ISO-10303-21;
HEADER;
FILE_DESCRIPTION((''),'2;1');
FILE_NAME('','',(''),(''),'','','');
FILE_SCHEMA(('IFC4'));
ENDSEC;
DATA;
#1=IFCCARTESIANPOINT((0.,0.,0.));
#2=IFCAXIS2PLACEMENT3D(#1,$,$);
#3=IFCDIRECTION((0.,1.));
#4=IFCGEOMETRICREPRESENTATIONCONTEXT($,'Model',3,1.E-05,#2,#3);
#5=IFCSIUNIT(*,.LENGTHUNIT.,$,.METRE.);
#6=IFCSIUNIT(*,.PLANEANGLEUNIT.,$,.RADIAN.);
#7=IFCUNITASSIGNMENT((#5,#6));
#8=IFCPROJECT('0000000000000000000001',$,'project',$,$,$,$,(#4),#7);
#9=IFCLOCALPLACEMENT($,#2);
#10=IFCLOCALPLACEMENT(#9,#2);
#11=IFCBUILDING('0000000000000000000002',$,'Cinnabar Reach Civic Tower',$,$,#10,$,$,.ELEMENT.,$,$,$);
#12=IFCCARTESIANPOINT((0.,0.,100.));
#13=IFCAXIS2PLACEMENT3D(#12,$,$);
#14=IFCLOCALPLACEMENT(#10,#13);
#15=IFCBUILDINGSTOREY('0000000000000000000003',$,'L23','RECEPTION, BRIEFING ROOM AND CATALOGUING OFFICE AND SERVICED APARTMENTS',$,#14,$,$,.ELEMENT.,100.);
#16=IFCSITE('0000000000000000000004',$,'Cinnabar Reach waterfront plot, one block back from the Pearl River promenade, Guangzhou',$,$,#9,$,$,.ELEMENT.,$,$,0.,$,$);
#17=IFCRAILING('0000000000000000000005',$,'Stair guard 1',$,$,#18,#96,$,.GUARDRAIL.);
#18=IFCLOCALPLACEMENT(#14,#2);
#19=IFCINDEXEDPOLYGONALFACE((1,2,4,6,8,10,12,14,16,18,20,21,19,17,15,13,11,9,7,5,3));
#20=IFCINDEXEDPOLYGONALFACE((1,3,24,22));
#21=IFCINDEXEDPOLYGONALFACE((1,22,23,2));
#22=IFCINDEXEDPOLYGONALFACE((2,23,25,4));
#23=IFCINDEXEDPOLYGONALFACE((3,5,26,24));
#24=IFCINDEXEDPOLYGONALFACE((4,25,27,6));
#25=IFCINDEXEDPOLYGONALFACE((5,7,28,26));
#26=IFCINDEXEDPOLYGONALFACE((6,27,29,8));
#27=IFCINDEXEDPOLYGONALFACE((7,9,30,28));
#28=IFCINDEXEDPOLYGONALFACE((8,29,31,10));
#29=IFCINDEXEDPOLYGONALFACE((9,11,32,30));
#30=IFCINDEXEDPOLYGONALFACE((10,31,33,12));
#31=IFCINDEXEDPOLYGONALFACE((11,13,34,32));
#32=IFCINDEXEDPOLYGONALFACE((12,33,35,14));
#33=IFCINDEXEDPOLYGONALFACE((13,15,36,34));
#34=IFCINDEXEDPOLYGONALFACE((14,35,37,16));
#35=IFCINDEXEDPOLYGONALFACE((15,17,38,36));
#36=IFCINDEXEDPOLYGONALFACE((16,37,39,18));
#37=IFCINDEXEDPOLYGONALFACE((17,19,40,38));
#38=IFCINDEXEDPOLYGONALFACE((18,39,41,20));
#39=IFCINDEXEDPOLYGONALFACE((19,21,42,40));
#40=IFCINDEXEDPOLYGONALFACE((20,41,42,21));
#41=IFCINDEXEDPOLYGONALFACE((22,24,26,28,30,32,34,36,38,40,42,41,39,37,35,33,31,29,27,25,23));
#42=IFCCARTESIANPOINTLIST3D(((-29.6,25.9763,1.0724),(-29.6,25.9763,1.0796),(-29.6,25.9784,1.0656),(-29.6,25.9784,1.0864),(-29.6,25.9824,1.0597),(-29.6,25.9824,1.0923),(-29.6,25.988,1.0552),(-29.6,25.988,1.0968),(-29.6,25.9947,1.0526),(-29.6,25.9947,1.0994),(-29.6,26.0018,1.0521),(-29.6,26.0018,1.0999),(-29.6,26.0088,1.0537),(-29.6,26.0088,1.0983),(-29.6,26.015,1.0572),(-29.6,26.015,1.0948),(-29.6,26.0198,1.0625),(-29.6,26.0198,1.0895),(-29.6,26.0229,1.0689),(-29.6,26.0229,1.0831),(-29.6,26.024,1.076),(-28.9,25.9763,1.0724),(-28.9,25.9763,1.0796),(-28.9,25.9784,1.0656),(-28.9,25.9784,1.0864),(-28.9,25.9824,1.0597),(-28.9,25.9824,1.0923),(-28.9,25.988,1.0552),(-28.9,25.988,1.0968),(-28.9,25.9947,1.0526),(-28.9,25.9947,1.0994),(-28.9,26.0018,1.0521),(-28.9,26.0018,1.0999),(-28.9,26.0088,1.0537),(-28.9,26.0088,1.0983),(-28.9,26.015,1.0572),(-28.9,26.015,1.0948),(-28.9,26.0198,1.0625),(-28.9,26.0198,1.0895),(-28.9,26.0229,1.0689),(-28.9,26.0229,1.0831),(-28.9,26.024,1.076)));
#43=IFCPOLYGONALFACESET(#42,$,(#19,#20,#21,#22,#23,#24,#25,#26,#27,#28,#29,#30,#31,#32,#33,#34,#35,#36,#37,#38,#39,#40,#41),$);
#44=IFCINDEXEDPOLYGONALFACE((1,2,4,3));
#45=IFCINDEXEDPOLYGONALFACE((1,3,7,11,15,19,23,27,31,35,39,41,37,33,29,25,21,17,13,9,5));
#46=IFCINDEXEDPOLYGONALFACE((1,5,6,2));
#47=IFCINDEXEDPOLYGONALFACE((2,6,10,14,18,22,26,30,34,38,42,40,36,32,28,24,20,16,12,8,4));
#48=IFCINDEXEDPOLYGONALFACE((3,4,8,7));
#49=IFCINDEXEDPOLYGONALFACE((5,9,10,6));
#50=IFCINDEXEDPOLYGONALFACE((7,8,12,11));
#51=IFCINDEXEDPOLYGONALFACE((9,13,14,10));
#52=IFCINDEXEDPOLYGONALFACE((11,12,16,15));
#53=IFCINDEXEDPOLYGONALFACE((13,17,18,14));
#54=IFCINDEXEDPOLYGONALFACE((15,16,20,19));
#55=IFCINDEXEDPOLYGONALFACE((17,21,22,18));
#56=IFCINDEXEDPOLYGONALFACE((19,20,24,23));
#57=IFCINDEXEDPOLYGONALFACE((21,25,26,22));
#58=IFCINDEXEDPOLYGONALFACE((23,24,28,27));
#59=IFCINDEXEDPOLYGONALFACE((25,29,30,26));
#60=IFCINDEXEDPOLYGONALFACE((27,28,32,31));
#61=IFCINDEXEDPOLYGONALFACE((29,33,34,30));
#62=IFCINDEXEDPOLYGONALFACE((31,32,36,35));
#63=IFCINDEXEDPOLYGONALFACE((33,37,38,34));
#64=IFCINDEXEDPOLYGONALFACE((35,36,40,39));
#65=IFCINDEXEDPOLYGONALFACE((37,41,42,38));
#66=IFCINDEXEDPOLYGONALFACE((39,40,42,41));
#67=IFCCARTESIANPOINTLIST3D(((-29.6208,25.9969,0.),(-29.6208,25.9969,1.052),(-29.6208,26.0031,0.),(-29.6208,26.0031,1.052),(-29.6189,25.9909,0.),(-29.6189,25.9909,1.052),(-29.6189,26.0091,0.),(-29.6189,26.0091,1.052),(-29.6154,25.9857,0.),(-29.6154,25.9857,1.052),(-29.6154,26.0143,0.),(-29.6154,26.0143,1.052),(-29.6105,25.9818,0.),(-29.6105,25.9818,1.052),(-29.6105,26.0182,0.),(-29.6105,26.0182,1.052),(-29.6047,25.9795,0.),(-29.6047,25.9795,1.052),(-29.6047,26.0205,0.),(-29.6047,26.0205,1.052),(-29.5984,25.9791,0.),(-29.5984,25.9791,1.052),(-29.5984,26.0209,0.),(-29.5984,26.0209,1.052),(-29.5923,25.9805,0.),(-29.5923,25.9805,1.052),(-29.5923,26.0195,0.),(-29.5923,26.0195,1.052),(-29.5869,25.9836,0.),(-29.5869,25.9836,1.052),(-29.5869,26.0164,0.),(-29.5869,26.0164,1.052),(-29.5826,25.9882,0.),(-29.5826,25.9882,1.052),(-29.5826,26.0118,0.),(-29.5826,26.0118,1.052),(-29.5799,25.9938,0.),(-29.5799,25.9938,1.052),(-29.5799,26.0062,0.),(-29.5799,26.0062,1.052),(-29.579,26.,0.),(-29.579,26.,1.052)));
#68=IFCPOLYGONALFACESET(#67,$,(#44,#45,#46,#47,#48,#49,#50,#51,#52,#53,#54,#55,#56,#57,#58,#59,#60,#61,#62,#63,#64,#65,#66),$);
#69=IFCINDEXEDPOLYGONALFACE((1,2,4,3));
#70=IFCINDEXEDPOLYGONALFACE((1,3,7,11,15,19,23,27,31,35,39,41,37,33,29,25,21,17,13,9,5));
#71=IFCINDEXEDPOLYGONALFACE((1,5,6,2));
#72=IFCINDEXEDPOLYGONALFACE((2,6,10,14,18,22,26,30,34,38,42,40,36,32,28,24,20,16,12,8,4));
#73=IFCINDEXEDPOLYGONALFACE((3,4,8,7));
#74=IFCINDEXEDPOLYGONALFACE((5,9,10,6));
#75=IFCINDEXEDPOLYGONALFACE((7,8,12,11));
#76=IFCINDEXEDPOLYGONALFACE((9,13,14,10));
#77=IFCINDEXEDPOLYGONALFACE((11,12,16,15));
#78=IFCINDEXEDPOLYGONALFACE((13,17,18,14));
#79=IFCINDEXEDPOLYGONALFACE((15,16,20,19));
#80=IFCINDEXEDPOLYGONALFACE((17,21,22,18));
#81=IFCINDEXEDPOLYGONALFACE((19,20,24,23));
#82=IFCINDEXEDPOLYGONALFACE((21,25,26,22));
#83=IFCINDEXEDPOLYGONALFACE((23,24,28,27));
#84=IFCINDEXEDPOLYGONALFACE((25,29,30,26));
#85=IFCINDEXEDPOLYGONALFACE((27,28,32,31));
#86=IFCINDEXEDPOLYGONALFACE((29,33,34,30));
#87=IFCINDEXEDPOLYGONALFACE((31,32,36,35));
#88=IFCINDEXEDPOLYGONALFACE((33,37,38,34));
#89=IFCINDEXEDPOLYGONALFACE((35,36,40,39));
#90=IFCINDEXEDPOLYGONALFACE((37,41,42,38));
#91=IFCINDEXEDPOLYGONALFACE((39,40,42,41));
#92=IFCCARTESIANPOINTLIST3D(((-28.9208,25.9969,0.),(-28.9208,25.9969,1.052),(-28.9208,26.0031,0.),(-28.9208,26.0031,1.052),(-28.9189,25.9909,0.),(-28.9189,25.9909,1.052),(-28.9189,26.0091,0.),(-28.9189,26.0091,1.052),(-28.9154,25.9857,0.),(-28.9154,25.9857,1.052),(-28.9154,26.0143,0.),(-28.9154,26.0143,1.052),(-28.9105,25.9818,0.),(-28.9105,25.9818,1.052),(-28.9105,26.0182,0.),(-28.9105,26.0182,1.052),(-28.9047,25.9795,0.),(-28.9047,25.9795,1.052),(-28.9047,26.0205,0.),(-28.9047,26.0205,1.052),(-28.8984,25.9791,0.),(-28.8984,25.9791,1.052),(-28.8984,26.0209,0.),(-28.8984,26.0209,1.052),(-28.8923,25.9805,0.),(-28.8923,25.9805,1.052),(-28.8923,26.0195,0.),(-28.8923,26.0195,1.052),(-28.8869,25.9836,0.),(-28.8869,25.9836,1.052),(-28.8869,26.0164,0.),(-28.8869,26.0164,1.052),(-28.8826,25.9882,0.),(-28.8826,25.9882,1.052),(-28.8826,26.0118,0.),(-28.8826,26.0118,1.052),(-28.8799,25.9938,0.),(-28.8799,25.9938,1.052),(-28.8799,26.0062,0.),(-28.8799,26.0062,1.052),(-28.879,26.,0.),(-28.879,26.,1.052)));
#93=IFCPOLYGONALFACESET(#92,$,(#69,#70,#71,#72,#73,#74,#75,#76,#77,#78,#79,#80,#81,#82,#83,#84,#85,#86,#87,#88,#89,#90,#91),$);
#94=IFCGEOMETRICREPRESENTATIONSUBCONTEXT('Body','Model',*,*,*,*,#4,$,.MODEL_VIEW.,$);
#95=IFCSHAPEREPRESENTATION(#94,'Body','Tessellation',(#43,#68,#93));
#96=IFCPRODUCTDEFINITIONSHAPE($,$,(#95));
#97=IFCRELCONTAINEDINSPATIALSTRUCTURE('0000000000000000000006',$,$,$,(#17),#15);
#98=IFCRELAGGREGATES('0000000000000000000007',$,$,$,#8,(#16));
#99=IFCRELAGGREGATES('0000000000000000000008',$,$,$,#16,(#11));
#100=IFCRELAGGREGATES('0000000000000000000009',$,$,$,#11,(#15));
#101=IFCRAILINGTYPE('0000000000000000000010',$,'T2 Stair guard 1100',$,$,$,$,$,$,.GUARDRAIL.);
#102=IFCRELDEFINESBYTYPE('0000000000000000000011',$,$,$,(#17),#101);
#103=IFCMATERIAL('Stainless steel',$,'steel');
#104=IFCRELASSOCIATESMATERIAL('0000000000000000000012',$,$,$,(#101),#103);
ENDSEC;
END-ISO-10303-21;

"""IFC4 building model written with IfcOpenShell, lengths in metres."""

from ifc_helpers import new_model, si_unit, direction, frame, origin, origin_2d, place, context, subcontext, project, spatial, circle, extrude, material, type_object, element, save


model = new_model("IFC4")

# Units and contexts
model_context = context("Model", 3, precision=1e-05, world=origin(), true_north=direction((0.0, 1.0)))
body_context = subcontext(model_context, "Body", "Model", "MODEL_VIEW")
ifc_project = project(units=[si_unit("LENGTHUNIT", "METRE"), si_unit("PLANEANGLEUNIT", "RADIAN")], contexts=[model_context])

# Site, building, storey
site_placement = place(None, origin())
site = spatial("IfcSite", under=ifc_project, at=site_placement, Name="Cinnabar Reach waterfront plot, one block back from the Pearl River promenade, Guangzhou", CompositionType="ELEMENT", RefElevation=0.0)
building_placement = place(site_placement, origin())
building = spatial("IfcBuilding", under=site, at=building_placement, Name="Cinnabar Reach Civic Tower", CompositionType="ELEMENT")
storey_placement = place(building_placement, frame((0.0, 0.0, 100.0)))
storey = spatial("IfcBuildingStorey", under=building, at=storey_placement, Name="L23", Description="RECEPTION, BRIEFING ROOM AND CATALOGUING OFFICE AND SERVICED APARTMENTS", CompositionType="ELEMENT", Elevation=100.0)

# Railing
ifc_material_1 = material(Name="Stainless steel", Category="steel")
railing_type = type_object("IfcRailingType", Name="T2 Stair guard 1100", PredefinedType="GUARDRAIL", material=ifc_material_1)
railing_1_placement = place(storey_placement, frame((-29.6, 26.0, 0.0)))
element("IfcRailing", 1, at=railing_1_placement, inside=storey, type_object=railing_type, Name="Stair guard 1", PredefinedType="GUARDRAIL", context=body_context, shape_type="SweptSolid", body=[
    extrude(circle(Radius=0.024, at=origin_2d()), frame((0.0, 0.0, 1.076), z_axis=(1.0, 0.0, 0.0), x_axis=(0.0, 1.0, 0.0)), (0.0, 0.0, 1.0), 0.7),
    extrude(circle(Radius=0.021, at=origin_2d()), origin(), (0.0, 0.0, 1.0), 1.052),
    extrude(circle(Radius=0.021, at=origin_2d()), frame((0.7, 0.0, 0.0)), (0.0, 0.0, 1.0), 1.052),
])

save(model, "model.ifc")
